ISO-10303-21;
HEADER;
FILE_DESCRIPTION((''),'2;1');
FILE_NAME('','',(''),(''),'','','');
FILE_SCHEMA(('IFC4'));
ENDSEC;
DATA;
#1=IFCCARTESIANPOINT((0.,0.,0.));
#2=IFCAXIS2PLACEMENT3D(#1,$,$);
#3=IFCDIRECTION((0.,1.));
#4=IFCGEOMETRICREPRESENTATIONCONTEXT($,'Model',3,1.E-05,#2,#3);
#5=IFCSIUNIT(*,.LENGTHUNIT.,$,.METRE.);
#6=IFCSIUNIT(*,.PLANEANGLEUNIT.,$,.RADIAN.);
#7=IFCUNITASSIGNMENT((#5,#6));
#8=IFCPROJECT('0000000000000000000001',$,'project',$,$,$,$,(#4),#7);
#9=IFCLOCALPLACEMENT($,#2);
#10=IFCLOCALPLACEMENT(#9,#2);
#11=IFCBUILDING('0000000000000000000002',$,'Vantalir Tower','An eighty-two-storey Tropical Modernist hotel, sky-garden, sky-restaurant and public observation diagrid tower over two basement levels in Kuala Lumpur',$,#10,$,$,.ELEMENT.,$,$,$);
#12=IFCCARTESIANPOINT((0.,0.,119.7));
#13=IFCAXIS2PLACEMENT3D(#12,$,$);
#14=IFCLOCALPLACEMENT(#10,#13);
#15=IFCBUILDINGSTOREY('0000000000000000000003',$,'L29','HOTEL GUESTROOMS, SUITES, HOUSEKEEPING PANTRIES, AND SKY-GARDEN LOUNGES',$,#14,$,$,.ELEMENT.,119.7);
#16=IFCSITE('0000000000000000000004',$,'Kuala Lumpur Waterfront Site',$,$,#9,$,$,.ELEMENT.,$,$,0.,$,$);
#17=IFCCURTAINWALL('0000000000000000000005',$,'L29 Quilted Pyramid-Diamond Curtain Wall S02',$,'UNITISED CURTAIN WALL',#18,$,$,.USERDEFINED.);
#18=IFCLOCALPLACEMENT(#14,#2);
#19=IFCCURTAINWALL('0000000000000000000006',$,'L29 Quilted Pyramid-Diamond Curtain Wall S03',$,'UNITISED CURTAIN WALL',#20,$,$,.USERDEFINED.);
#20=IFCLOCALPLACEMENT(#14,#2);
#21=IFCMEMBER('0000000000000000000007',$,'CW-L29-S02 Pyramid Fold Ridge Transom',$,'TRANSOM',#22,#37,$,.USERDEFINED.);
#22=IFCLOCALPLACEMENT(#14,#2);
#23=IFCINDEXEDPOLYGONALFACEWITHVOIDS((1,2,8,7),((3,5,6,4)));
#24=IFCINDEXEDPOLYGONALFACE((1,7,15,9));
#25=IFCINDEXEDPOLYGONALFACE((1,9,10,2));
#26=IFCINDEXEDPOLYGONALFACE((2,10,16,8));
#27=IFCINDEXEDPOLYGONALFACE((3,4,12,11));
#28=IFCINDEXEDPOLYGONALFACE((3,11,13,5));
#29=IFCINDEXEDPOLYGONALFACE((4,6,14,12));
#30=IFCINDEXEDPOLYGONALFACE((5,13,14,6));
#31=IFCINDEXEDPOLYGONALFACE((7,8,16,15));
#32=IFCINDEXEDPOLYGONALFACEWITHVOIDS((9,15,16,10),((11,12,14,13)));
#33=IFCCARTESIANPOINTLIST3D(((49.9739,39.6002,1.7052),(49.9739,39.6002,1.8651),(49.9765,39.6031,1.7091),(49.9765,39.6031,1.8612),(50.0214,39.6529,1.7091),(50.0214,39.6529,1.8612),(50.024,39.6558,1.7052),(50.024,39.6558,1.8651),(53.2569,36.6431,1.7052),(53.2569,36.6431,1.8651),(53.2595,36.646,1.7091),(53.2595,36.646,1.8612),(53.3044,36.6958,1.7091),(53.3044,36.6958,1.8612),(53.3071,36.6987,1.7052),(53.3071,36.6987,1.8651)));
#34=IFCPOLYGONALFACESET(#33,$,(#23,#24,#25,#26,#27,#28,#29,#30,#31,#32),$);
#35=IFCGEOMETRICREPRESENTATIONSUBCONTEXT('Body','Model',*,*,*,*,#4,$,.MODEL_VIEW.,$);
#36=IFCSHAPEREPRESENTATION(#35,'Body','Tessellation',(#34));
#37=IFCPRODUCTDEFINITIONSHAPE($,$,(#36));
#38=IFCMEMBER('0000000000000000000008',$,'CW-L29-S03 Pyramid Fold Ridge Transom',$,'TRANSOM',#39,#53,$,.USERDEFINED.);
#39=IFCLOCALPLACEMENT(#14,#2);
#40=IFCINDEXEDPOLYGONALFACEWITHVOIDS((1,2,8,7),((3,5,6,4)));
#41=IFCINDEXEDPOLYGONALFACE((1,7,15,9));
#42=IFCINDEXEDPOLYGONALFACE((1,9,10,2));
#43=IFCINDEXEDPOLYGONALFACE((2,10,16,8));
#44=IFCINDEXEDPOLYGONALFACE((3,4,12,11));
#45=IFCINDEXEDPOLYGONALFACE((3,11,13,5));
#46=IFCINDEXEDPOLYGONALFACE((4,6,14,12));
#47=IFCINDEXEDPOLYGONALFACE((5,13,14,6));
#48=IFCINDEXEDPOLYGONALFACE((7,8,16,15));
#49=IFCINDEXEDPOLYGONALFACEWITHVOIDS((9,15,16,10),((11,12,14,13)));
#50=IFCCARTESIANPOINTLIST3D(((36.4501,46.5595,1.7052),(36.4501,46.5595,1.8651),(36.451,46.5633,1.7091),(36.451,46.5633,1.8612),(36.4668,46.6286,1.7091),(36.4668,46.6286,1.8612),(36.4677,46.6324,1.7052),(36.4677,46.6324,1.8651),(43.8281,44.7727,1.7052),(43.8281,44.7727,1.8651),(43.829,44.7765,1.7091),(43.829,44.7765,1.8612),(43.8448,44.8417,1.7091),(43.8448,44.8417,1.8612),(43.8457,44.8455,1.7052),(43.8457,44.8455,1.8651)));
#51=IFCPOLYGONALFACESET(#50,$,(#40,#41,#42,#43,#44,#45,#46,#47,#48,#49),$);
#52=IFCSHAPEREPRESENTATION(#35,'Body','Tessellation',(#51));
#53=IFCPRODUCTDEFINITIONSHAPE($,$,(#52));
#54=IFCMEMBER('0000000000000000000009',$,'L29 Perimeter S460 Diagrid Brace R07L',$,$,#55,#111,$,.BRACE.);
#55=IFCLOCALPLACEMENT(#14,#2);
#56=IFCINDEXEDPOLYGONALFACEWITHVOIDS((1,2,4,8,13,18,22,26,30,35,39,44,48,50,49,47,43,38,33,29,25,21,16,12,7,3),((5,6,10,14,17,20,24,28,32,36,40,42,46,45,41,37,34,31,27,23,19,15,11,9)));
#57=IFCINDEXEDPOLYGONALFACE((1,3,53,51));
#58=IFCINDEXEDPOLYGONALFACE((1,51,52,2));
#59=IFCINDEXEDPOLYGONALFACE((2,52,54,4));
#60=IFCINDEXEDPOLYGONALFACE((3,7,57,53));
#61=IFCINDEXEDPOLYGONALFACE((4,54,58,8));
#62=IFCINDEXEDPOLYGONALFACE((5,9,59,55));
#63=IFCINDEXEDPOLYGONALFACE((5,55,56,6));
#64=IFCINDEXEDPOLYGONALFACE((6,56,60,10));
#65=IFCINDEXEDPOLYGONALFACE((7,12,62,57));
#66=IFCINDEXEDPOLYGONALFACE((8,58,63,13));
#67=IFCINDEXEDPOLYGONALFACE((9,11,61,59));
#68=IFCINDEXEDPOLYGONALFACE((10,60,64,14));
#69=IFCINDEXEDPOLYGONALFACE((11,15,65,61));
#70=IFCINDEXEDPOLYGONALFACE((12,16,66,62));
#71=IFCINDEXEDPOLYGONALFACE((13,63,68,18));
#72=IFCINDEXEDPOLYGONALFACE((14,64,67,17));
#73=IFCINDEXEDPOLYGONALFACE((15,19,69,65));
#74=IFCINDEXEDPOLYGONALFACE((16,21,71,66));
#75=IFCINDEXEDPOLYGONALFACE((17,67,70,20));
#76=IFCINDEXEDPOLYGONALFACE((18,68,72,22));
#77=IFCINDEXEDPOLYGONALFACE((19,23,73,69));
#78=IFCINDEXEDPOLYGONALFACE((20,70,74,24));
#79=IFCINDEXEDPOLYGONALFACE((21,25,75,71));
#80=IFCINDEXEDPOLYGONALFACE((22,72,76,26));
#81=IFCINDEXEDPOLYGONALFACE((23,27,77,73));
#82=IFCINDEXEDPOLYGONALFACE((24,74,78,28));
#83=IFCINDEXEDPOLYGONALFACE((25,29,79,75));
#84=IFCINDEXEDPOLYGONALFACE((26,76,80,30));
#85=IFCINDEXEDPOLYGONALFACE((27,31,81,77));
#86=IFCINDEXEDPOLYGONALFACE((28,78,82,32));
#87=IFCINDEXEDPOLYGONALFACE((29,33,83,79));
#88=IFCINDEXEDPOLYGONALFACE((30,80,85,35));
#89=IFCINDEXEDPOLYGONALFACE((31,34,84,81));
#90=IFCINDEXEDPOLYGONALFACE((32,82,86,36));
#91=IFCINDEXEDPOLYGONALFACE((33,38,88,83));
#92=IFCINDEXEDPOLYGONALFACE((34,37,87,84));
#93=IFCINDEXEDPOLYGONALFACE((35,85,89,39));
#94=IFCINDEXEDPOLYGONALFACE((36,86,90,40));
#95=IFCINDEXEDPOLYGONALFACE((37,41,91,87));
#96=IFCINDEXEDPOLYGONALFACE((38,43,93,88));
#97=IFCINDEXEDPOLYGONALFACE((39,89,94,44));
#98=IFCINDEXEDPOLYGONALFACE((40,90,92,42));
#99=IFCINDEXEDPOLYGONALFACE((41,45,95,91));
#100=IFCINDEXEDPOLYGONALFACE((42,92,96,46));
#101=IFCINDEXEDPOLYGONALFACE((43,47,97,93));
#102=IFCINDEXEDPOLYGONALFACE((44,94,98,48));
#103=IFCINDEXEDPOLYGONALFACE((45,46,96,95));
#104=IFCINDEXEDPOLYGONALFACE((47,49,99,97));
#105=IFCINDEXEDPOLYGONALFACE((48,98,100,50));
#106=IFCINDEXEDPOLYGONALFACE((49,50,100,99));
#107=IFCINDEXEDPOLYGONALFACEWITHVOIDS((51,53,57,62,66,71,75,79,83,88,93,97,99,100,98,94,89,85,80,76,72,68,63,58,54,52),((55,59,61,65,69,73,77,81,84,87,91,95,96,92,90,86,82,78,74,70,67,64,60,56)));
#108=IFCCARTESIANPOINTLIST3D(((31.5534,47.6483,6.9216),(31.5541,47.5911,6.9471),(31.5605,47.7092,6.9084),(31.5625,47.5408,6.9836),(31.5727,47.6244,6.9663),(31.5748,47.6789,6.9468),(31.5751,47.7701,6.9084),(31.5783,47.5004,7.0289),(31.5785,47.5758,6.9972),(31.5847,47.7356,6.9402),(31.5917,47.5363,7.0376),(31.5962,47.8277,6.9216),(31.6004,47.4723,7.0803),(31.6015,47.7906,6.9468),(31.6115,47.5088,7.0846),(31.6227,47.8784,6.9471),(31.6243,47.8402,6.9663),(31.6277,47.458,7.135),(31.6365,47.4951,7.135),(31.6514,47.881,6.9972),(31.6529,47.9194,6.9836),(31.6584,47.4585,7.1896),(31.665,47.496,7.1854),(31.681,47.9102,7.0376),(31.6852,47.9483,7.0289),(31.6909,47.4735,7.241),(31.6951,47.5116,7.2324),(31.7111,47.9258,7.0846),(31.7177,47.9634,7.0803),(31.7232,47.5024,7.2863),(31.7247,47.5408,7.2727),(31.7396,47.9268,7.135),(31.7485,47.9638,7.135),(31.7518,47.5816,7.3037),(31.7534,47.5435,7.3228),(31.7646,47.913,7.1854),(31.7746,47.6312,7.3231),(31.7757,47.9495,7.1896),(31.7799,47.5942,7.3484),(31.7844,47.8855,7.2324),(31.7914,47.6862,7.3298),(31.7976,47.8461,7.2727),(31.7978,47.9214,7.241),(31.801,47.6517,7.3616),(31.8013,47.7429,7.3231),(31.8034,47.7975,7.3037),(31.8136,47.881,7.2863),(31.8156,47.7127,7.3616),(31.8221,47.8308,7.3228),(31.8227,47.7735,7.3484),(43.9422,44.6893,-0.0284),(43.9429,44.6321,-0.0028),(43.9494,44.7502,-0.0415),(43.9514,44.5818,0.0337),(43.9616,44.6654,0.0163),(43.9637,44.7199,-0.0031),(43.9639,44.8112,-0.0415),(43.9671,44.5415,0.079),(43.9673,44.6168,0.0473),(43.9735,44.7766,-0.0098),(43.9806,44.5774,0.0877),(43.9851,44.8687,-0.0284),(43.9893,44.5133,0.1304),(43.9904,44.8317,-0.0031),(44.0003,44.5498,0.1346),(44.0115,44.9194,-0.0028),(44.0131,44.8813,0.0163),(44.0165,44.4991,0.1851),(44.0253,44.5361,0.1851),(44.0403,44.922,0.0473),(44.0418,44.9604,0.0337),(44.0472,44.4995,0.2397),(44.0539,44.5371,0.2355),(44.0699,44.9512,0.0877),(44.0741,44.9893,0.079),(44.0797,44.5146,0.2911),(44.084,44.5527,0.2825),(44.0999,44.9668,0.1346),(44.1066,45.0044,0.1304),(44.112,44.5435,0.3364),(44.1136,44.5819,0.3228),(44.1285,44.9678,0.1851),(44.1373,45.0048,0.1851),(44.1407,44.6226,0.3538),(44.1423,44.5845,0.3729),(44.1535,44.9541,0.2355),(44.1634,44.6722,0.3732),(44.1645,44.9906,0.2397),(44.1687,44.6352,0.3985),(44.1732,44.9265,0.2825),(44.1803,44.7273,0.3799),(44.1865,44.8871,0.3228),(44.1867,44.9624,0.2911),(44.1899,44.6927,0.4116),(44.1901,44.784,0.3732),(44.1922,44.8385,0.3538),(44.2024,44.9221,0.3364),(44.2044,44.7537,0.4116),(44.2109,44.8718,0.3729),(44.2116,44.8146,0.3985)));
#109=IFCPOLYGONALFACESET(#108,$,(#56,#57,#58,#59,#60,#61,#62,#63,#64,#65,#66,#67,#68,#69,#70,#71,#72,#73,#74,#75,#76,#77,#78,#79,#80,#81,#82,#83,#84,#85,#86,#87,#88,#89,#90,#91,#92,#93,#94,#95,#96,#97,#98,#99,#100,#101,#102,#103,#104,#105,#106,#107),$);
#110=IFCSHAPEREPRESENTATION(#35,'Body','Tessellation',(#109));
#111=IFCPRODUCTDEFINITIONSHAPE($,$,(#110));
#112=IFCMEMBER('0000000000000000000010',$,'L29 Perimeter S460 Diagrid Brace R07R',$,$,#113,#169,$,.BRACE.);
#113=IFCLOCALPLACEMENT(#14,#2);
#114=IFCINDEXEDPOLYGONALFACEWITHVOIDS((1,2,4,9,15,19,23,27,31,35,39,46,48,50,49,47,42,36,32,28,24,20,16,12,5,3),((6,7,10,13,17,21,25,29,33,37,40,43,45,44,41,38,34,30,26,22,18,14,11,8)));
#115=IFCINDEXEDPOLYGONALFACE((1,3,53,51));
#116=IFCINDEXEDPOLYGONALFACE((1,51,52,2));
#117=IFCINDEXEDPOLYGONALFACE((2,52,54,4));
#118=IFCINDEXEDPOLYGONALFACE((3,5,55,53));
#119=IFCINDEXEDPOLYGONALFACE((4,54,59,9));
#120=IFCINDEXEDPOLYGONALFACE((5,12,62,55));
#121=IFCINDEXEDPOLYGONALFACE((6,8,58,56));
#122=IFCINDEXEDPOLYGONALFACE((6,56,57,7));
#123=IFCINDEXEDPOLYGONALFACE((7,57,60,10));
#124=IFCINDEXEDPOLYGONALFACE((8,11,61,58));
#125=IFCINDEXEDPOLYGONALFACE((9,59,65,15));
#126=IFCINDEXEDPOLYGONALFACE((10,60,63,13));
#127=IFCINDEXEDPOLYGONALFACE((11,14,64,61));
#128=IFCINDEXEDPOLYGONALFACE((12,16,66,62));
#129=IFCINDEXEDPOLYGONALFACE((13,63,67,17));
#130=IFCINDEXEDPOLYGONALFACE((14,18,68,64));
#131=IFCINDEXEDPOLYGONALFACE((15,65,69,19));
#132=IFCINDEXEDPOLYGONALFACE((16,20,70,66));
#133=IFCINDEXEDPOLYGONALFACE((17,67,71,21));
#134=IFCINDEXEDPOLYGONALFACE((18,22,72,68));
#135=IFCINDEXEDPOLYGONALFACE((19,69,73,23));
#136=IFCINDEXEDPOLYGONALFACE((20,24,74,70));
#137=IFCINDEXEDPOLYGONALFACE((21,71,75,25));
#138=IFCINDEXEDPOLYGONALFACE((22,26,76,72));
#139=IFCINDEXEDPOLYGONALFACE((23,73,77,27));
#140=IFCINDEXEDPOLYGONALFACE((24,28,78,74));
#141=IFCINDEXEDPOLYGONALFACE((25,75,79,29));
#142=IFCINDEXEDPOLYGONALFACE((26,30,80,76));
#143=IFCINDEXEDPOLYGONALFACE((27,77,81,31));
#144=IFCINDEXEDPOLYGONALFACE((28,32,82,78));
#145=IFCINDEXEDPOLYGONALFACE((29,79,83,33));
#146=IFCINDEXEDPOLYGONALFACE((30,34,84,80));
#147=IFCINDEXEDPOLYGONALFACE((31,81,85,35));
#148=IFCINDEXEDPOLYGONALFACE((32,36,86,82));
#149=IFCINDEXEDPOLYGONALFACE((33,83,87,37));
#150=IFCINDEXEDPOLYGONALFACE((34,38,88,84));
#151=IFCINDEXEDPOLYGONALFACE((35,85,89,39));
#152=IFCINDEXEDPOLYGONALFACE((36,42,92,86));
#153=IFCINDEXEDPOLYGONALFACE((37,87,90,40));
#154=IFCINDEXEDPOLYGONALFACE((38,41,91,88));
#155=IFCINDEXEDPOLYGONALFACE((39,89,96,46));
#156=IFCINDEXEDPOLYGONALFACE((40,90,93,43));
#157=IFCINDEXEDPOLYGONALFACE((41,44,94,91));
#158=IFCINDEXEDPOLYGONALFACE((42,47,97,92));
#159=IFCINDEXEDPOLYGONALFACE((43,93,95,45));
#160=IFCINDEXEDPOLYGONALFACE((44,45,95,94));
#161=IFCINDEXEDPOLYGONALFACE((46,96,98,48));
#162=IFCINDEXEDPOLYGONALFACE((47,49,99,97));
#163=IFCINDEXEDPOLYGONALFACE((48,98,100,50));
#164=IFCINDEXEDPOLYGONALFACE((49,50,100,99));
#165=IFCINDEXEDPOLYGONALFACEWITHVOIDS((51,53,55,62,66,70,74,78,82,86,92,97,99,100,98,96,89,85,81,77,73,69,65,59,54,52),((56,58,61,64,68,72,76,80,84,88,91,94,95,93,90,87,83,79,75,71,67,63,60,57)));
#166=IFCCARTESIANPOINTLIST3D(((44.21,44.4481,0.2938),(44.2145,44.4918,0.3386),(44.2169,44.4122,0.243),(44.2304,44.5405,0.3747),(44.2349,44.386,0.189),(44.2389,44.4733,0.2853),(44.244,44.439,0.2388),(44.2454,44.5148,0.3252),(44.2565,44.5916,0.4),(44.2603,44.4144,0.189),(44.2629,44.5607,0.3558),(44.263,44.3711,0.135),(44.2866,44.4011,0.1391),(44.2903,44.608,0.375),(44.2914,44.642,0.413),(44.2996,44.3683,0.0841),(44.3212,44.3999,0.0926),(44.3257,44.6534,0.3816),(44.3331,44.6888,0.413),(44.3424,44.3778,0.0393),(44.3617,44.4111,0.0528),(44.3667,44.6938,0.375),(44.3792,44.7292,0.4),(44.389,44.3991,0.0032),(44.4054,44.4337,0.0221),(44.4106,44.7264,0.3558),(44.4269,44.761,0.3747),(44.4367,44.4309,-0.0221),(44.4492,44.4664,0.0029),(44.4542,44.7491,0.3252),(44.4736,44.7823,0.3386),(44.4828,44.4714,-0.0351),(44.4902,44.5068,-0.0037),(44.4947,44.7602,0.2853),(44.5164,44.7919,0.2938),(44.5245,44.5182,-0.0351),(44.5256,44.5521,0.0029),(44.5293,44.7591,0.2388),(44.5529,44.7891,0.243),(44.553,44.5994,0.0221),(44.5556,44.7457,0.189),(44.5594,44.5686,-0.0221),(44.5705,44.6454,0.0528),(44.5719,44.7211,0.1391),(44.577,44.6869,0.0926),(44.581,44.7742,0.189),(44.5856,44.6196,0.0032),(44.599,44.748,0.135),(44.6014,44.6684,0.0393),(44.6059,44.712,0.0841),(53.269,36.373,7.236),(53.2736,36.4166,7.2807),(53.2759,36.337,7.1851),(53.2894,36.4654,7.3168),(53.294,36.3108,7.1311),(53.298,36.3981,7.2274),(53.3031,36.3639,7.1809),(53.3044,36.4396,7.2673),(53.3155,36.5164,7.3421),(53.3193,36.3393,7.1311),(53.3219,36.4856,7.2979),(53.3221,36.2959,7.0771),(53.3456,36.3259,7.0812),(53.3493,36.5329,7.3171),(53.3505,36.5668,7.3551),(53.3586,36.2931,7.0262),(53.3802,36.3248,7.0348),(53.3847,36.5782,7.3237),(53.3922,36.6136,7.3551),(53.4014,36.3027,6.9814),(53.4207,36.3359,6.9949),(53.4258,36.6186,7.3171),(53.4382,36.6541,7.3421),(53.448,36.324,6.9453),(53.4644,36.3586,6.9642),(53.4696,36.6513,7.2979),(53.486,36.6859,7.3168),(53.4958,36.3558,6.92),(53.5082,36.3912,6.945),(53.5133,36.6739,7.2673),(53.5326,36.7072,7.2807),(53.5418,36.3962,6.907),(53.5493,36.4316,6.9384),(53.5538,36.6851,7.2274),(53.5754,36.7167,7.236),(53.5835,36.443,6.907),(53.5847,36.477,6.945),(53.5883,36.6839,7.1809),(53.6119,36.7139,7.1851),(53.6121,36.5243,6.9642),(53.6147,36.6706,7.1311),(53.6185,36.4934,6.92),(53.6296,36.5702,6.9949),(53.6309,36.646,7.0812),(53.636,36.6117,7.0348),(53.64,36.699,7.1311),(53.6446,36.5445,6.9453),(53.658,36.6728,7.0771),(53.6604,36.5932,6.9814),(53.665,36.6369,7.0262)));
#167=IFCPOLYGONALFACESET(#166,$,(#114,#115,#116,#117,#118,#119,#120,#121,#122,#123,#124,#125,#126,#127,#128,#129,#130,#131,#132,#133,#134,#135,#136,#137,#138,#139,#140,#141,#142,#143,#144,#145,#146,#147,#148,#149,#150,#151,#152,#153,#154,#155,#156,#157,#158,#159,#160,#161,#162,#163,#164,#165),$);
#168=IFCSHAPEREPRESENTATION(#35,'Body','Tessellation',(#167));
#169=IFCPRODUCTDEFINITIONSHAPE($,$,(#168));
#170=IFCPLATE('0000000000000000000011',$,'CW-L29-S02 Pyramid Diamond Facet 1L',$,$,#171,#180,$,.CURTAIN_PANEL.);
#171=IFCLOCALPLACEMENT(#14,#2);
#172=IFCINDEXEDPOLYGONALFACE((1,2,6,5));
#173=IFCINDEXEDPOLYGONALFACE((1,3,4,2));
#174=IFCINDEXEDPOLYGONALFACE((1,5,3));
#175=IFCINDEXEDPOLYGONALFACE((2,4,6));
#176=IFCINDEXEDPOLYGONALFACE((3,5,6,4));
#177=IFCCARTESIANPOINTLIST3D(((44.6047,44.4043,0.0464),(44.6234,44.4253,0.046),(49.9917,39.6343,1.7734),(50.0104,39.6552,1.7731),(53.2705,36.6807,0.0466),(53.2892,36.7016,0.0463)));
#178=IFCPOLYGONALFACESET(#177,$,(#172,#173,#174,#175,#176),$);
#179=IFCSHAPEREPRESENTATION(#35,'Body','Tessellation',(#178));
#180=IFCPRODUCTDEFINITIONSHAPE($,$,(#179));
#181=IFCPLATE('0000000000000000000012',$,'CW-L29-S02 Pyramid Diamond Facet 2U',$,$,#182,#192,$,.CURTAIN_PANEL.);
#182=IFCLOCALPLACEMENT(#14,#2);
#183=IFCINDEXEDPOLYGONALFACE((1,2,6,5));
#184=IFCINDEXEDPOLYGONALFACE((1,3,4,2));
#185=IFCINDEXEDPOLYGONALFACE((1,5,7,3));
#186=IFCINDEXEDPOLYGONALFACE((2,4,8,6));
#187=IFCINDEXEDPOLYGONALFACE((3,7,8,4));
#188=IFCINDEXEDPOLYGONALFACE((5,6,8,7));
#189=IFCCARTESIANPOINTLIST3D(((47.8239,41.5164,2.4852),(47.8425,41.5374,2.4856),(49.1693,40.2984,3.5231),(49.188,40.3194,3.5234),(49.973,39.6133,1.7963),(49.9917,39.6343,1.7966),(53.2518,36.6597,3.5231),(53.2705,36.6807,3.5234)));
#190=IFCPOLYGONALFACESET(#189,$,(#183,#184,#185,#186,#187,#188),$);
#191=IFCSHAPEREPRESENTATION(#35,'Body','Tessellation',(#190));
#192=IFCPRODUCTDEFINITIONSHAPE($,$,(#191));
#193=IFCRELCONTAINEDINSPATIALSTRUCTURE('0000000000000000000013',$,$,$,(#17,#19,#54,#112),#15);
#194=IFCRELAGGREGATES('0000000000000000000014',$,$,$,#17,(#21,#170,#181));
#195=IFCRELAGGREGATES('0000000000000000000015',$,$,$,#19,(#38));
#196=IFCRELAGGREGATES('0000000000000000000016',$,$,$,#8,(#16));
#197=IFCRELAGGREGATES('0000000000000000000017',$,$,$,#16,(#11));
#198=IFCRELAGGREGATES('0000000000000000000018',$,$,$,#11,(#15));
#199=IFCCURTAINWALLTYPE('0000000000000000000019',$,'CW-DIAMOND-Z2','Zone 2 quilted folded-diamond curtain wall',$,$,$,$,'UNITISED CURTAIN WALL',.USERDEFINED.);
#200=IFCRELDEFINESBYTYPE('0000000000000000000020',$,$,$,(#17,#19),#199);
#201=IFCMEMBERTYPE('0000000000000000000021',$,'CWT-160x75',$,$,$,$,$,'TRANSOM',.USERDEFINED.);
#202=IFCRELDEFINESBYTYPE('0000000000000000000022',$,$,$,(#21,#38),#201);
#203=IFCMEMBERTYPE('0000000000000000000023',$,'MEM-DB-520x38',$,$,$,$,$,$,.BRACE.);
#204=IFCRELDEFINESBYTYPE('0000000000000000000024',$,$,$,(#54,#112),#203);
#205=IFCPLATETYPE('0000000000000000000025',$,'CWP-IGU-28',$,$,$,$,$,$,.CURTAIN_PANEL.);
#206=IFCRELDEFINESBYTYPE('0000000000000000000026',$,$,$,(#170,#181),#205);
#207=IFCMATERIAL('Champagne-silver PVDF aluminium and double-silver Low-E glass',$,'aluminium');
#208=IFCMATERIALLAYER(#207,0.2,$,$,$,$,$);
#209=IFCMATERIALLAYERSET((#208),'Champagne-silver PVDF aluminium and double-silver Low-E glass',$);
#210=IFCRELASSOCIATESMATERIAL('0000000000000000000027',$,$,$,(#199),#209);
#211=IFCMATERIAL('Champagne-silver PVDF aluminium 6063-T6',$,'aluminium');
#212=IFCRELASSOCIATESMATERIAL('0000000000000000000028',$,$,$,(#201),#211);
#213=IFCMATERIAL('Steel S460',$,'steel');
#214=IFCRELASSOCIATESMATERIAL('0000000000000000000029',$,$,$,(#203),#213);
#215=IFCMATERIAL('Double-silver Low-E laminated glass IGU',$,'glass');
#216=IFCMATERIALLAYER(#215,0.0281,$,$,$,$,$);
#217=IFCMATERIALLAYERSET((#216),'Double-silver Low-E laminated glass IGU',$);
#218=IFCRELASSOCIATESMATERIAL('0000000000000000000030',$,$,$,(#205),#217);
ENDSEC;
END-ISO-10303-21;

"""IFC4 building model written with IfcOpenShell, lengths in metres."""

from ifc_helpers import new_model, si_unit, direction, frame, origin, origin_2d, place, context, subcontext, project, spatial, polyline, hollow_rectangle, hollow_circle, outline, extrude, material, layer, layer_set, material_profile, profile_set, type_object, element, aggregate, save


model = new_model("IFC4")

# Units and contexts
model_context = context("Model", 3, precision=1e-05, world=origin(), true_north=direction((0.0, 1.0)))
body_context = subcontext(model_context, "Body", "Model", "MODEL_VIEW")
ifc_project = project(units=[si_unit("LENGTHUNIT", "METRE"), si_unit("PLANEANGLEUNIT", "RADIAN")], contexts=[model_context])

# Site, building, storey
site_placement = place(None, origin())
site = spatial("IfcSite", under=ifc_project, at=site_placement, Name="Kuala Lumpur Waterfront Site", CompositionType="ELEMENT", RefElevation=0.0)
building_placement = place(site_placement, origin())
building = spatial("IfcBuilding", under=site, at=building_placement, Name="Vantalir Tower", Description="An eighty-two-storey Tropical Modernist hotel, sky-garden, sky-restaurant and public observation diagrid tower over two basement levels in Kuala Lumpur", CompositionType="ELEMENT")
storey_placement = place(building_placement, frame((0.0, 0.0, 119.7)))
storey = spatial("IfcBuildingStorey", under=building, at=storey_placement, Name="L29", Description="HOTEL GUESTROOMS, SUITES, HOUSEKEEPING PANTRIES, AND SKY-GARDEN LOUNGES", CompositionType="ELEMENT", Elevation=119.7)

# Shared definitions
ifc_material_1 = material(Name="Steel S460", Category="steel")

# Curtain wall
ifc_material_2 = material(Name="Champagne-silver PVDF aluminium and double-silver Low-E glass", Category="aluminium")
ifc_layer_1 = layer(ifc_material_2, 0.2)
ifc_layer_set_1 = layer_set([ifc_layer_1], Name="Champagne-silver PVDF aluminium and double-silver Low-E glass")
curtain_wall_type = type_object("IfcCurtainWallType", Name="CW-DIAMOND-Z2", Description="Zone 2 quilted folded-diamond curtain wall", ElementType="UNITISED CURTAIN WALL", PredefinedType="USERDEFINED", material=ifc_layer_set_1)
curtain_wall_1_placement = place(storey_placement, origin())
curtain_wall_1 = element("IfcCurtainWall", 1, at=curtain_wall_1_placement, inside=storey, type_object=curtain_wall_type, Name="L29 Quilted Pyramid-Diamond Curtain Wall S02", ObjectType="UNITISED CURTAIN WALL", PredefinedType="USERDEFINED")
ifc_material_3 = material(Name="Champagne-silver PVDF aluminium 6063-T6", Category="aluminium")

# Curtain wall
curtain_wall_2_placement = place(storey_placement, origin())
curtain_wall_2 = element("IfcCurtainWall", 2, at=curtain_wall_2_placement, inside=storey, type_object=curtain_wall_type, Name="L29 Quilted Pyramid-Diamond Curtain Wall S03", ObjectType="UNITISED CURTAIN WALL", PredefinedType="USERDEFINED")

# Members
ifc_material_profile_1 = material_profile(ifc_material_3, hollow_rectangle(XDim=0.075, YDim=0.1599, WallThickness=0.0039, at=origin_2d()), Name="Champagne-silver PVDF aluminium 6063-T6")
ifc_profile_set_1 = profile_set([ifc_material_profile_1], Name="Champagne-silver PVDF aluminium 6063-T6")
member_type_1 = type_object("IfcMemberType", Name="CWT-160x75", ElementType="TRANSOM", PredefinedType="USERDEFINED", material=ifc_profile_set_1)
member_1_placement = place(storey_placement, frame((53.282, 36.6709, 1.7852), z_axis=(-0.743028, 0.669261, 0.0), x_axis=(-0.669261, -0.743028, 0.0)))
member_1 = element("IfcMember", 3, at=member_1_placement, type_object=member_type_1, Name="CW-L29-S02 Pyramid Fold Ridge Transom", ObjectType="TRANSOM", PredefinedType="USERDEFINED", context=body_context, shape_type="SweptSolid", body=[
    extrude(hollow_rectangle(XDim=0.075, YDim=0.1599, WallThickness=0.0039, at=origin_2d()), origin(), (0.0, 0.0, 1.0), 4.4185),
])
member_2_placement = place(storey_placement, frame((43.8369, 44.8091, 1.7852), z_axis=(-0.971902, 0.235386, 0.0), x_axis=(-0.235386, -0.971902, 0.0)))
member_2 = element("IfcMember", 4, at=member_2_placement, type_object=member_type_1, Name="CW-L29-S03 Pyramid Fold Ridge Transom", ObjectType="TRANSOM", PredefinedType="USERDEFINED", context=body_context, shape_type="SweptSolid", body=[
    extrude(hollow_rectangle(XDim=0.075, YDim=0.1599, WallThickness=0.0039, at=origin_2d()), origin(), (0.0, 0.0, 1.0), 7.5913),
])

# Members
ifc_material_profile_2 = material_profile(ifc_material_1, hollow_circle(Radius=0.26, WallThickness=0.0381, at=origin_2d()), Name="Steel S460")
ifc_profile_set_2 = profile_set([ifc_material_profile_2], Name="Steel S460")
member_type_2 = type_object("IfcMemberType", Name="MEM-DB-520x38", PredefinedType="BRACE", material=ifc_profile_set_2)
member_3_placement = place(storey_placement, frame((44.0769, 44.752, 0.1851), z_axis=(-0.853814, 0.203926, 0.478974), x_axis=(-0.232307, -0.972642, 0.0)))
element("IfcMember", 5, at=member_3_placement, inside=storey, type_object=member_type_2, Name="L29 Perimeter S460 Diagrid Brace R07L", PredefinedType="BRACE", context=body_context, shape_type="SweptSolid", body=[
    extrude(hollow_circle(Radius=0.26, WallThickness=0.0381, at=origin_2d()), origin(), (0.0, 0.0, 1.0), 14.51),
])
member_4_placement = place(storey_placement, frame((44.408, 44.5801, 0.189), z_axis=(0.647956, -0.577583, 0.49654), x_axis=(0.665407, 0.746481, 0.0)))
element("IfcMember", 6, at=member_4_placement, inside=storey, type_object=member_type_2, Name="L29 Perimeter S460 Diagrid Brace R07R", PredefinedType="BRACE", context=body_context, shape_type="SweptSolid", body=[
    extrude(hollow_circle(Radius=0.26, WallThickness=0.0381, at=origin_2d()), origin(), (0.0, 0.0, 1.0), 13.981),
])

# Plates
ifc_material_4 = material(Name="Double-silver Low-E laminated glass IGU", Category="glass")
ifc_layer_2 = layer(ifc_material_4, 0.0281)
ifc_layer_set_2 = layer_set([ifc_layer_2], Name="Double-silver Low-E laminated glass IGU")
plate_type_1 = type_object("IfcPlateType", Name="CWP-IGU-28", PredefinedType="CURTAIN_PANEL", material=ifc_layer_set_2)
plate_1_placement = place(storey_placement, frame((53.2705, 36.6807, 0.0466), z_axis=(-0.6653, -0.746454, 0.013519), x_axis=(-0.746522, 0.665361, -0.000021)))
plate_1 = element("IfcPlate", 7, at=plate_1_placement, type_object=plate_type_1, Name="CW-L29-S02 Pyramid Diamond Facet 1L", PredefinedType="CURTAIN_PANEL", context=body_context, shape_type="SweptSolid", body=[
    extrude(outline(polyline([(0.0, 0.0), (11.6082, 0.0), (4.4129, -1.7271), (0.0, 0.0)])), origin(), (0.0, 0.0, -1.0), 0.0281),
])
plate_2_placement = place(storey_placement, frame((53.2705, 36.6807, 3.5234), z_axis=(0.665303, 0.746451, 0.013521), x_axis=(-0.746519, 0.665364, 0.0)))
plate_2 = element("IfcPlate", 8, at=plate_2_placement, type_object=plate_type_1, Name="CW-L29-S02 Pyramid Diamond Facet 2U", PredefinedType="CURTAIN_PANEL", context=body_context, shape_type="SweptSolid", body=[
    extrude(outline(polyline([(0.0, 0.0), (5.4687, 0.0), (7.2836, -1.0379), (4.4129, -1.727), (0.0, 0.0)])), origin(), (0.0, 0.0, -1.0), 0.0281),
])
aggregate(curtain_wall_1, [member_1, plate_1, plate_2])
aggregate(curtain_wall_2, [member_2])

save(model, "model.ifc")
